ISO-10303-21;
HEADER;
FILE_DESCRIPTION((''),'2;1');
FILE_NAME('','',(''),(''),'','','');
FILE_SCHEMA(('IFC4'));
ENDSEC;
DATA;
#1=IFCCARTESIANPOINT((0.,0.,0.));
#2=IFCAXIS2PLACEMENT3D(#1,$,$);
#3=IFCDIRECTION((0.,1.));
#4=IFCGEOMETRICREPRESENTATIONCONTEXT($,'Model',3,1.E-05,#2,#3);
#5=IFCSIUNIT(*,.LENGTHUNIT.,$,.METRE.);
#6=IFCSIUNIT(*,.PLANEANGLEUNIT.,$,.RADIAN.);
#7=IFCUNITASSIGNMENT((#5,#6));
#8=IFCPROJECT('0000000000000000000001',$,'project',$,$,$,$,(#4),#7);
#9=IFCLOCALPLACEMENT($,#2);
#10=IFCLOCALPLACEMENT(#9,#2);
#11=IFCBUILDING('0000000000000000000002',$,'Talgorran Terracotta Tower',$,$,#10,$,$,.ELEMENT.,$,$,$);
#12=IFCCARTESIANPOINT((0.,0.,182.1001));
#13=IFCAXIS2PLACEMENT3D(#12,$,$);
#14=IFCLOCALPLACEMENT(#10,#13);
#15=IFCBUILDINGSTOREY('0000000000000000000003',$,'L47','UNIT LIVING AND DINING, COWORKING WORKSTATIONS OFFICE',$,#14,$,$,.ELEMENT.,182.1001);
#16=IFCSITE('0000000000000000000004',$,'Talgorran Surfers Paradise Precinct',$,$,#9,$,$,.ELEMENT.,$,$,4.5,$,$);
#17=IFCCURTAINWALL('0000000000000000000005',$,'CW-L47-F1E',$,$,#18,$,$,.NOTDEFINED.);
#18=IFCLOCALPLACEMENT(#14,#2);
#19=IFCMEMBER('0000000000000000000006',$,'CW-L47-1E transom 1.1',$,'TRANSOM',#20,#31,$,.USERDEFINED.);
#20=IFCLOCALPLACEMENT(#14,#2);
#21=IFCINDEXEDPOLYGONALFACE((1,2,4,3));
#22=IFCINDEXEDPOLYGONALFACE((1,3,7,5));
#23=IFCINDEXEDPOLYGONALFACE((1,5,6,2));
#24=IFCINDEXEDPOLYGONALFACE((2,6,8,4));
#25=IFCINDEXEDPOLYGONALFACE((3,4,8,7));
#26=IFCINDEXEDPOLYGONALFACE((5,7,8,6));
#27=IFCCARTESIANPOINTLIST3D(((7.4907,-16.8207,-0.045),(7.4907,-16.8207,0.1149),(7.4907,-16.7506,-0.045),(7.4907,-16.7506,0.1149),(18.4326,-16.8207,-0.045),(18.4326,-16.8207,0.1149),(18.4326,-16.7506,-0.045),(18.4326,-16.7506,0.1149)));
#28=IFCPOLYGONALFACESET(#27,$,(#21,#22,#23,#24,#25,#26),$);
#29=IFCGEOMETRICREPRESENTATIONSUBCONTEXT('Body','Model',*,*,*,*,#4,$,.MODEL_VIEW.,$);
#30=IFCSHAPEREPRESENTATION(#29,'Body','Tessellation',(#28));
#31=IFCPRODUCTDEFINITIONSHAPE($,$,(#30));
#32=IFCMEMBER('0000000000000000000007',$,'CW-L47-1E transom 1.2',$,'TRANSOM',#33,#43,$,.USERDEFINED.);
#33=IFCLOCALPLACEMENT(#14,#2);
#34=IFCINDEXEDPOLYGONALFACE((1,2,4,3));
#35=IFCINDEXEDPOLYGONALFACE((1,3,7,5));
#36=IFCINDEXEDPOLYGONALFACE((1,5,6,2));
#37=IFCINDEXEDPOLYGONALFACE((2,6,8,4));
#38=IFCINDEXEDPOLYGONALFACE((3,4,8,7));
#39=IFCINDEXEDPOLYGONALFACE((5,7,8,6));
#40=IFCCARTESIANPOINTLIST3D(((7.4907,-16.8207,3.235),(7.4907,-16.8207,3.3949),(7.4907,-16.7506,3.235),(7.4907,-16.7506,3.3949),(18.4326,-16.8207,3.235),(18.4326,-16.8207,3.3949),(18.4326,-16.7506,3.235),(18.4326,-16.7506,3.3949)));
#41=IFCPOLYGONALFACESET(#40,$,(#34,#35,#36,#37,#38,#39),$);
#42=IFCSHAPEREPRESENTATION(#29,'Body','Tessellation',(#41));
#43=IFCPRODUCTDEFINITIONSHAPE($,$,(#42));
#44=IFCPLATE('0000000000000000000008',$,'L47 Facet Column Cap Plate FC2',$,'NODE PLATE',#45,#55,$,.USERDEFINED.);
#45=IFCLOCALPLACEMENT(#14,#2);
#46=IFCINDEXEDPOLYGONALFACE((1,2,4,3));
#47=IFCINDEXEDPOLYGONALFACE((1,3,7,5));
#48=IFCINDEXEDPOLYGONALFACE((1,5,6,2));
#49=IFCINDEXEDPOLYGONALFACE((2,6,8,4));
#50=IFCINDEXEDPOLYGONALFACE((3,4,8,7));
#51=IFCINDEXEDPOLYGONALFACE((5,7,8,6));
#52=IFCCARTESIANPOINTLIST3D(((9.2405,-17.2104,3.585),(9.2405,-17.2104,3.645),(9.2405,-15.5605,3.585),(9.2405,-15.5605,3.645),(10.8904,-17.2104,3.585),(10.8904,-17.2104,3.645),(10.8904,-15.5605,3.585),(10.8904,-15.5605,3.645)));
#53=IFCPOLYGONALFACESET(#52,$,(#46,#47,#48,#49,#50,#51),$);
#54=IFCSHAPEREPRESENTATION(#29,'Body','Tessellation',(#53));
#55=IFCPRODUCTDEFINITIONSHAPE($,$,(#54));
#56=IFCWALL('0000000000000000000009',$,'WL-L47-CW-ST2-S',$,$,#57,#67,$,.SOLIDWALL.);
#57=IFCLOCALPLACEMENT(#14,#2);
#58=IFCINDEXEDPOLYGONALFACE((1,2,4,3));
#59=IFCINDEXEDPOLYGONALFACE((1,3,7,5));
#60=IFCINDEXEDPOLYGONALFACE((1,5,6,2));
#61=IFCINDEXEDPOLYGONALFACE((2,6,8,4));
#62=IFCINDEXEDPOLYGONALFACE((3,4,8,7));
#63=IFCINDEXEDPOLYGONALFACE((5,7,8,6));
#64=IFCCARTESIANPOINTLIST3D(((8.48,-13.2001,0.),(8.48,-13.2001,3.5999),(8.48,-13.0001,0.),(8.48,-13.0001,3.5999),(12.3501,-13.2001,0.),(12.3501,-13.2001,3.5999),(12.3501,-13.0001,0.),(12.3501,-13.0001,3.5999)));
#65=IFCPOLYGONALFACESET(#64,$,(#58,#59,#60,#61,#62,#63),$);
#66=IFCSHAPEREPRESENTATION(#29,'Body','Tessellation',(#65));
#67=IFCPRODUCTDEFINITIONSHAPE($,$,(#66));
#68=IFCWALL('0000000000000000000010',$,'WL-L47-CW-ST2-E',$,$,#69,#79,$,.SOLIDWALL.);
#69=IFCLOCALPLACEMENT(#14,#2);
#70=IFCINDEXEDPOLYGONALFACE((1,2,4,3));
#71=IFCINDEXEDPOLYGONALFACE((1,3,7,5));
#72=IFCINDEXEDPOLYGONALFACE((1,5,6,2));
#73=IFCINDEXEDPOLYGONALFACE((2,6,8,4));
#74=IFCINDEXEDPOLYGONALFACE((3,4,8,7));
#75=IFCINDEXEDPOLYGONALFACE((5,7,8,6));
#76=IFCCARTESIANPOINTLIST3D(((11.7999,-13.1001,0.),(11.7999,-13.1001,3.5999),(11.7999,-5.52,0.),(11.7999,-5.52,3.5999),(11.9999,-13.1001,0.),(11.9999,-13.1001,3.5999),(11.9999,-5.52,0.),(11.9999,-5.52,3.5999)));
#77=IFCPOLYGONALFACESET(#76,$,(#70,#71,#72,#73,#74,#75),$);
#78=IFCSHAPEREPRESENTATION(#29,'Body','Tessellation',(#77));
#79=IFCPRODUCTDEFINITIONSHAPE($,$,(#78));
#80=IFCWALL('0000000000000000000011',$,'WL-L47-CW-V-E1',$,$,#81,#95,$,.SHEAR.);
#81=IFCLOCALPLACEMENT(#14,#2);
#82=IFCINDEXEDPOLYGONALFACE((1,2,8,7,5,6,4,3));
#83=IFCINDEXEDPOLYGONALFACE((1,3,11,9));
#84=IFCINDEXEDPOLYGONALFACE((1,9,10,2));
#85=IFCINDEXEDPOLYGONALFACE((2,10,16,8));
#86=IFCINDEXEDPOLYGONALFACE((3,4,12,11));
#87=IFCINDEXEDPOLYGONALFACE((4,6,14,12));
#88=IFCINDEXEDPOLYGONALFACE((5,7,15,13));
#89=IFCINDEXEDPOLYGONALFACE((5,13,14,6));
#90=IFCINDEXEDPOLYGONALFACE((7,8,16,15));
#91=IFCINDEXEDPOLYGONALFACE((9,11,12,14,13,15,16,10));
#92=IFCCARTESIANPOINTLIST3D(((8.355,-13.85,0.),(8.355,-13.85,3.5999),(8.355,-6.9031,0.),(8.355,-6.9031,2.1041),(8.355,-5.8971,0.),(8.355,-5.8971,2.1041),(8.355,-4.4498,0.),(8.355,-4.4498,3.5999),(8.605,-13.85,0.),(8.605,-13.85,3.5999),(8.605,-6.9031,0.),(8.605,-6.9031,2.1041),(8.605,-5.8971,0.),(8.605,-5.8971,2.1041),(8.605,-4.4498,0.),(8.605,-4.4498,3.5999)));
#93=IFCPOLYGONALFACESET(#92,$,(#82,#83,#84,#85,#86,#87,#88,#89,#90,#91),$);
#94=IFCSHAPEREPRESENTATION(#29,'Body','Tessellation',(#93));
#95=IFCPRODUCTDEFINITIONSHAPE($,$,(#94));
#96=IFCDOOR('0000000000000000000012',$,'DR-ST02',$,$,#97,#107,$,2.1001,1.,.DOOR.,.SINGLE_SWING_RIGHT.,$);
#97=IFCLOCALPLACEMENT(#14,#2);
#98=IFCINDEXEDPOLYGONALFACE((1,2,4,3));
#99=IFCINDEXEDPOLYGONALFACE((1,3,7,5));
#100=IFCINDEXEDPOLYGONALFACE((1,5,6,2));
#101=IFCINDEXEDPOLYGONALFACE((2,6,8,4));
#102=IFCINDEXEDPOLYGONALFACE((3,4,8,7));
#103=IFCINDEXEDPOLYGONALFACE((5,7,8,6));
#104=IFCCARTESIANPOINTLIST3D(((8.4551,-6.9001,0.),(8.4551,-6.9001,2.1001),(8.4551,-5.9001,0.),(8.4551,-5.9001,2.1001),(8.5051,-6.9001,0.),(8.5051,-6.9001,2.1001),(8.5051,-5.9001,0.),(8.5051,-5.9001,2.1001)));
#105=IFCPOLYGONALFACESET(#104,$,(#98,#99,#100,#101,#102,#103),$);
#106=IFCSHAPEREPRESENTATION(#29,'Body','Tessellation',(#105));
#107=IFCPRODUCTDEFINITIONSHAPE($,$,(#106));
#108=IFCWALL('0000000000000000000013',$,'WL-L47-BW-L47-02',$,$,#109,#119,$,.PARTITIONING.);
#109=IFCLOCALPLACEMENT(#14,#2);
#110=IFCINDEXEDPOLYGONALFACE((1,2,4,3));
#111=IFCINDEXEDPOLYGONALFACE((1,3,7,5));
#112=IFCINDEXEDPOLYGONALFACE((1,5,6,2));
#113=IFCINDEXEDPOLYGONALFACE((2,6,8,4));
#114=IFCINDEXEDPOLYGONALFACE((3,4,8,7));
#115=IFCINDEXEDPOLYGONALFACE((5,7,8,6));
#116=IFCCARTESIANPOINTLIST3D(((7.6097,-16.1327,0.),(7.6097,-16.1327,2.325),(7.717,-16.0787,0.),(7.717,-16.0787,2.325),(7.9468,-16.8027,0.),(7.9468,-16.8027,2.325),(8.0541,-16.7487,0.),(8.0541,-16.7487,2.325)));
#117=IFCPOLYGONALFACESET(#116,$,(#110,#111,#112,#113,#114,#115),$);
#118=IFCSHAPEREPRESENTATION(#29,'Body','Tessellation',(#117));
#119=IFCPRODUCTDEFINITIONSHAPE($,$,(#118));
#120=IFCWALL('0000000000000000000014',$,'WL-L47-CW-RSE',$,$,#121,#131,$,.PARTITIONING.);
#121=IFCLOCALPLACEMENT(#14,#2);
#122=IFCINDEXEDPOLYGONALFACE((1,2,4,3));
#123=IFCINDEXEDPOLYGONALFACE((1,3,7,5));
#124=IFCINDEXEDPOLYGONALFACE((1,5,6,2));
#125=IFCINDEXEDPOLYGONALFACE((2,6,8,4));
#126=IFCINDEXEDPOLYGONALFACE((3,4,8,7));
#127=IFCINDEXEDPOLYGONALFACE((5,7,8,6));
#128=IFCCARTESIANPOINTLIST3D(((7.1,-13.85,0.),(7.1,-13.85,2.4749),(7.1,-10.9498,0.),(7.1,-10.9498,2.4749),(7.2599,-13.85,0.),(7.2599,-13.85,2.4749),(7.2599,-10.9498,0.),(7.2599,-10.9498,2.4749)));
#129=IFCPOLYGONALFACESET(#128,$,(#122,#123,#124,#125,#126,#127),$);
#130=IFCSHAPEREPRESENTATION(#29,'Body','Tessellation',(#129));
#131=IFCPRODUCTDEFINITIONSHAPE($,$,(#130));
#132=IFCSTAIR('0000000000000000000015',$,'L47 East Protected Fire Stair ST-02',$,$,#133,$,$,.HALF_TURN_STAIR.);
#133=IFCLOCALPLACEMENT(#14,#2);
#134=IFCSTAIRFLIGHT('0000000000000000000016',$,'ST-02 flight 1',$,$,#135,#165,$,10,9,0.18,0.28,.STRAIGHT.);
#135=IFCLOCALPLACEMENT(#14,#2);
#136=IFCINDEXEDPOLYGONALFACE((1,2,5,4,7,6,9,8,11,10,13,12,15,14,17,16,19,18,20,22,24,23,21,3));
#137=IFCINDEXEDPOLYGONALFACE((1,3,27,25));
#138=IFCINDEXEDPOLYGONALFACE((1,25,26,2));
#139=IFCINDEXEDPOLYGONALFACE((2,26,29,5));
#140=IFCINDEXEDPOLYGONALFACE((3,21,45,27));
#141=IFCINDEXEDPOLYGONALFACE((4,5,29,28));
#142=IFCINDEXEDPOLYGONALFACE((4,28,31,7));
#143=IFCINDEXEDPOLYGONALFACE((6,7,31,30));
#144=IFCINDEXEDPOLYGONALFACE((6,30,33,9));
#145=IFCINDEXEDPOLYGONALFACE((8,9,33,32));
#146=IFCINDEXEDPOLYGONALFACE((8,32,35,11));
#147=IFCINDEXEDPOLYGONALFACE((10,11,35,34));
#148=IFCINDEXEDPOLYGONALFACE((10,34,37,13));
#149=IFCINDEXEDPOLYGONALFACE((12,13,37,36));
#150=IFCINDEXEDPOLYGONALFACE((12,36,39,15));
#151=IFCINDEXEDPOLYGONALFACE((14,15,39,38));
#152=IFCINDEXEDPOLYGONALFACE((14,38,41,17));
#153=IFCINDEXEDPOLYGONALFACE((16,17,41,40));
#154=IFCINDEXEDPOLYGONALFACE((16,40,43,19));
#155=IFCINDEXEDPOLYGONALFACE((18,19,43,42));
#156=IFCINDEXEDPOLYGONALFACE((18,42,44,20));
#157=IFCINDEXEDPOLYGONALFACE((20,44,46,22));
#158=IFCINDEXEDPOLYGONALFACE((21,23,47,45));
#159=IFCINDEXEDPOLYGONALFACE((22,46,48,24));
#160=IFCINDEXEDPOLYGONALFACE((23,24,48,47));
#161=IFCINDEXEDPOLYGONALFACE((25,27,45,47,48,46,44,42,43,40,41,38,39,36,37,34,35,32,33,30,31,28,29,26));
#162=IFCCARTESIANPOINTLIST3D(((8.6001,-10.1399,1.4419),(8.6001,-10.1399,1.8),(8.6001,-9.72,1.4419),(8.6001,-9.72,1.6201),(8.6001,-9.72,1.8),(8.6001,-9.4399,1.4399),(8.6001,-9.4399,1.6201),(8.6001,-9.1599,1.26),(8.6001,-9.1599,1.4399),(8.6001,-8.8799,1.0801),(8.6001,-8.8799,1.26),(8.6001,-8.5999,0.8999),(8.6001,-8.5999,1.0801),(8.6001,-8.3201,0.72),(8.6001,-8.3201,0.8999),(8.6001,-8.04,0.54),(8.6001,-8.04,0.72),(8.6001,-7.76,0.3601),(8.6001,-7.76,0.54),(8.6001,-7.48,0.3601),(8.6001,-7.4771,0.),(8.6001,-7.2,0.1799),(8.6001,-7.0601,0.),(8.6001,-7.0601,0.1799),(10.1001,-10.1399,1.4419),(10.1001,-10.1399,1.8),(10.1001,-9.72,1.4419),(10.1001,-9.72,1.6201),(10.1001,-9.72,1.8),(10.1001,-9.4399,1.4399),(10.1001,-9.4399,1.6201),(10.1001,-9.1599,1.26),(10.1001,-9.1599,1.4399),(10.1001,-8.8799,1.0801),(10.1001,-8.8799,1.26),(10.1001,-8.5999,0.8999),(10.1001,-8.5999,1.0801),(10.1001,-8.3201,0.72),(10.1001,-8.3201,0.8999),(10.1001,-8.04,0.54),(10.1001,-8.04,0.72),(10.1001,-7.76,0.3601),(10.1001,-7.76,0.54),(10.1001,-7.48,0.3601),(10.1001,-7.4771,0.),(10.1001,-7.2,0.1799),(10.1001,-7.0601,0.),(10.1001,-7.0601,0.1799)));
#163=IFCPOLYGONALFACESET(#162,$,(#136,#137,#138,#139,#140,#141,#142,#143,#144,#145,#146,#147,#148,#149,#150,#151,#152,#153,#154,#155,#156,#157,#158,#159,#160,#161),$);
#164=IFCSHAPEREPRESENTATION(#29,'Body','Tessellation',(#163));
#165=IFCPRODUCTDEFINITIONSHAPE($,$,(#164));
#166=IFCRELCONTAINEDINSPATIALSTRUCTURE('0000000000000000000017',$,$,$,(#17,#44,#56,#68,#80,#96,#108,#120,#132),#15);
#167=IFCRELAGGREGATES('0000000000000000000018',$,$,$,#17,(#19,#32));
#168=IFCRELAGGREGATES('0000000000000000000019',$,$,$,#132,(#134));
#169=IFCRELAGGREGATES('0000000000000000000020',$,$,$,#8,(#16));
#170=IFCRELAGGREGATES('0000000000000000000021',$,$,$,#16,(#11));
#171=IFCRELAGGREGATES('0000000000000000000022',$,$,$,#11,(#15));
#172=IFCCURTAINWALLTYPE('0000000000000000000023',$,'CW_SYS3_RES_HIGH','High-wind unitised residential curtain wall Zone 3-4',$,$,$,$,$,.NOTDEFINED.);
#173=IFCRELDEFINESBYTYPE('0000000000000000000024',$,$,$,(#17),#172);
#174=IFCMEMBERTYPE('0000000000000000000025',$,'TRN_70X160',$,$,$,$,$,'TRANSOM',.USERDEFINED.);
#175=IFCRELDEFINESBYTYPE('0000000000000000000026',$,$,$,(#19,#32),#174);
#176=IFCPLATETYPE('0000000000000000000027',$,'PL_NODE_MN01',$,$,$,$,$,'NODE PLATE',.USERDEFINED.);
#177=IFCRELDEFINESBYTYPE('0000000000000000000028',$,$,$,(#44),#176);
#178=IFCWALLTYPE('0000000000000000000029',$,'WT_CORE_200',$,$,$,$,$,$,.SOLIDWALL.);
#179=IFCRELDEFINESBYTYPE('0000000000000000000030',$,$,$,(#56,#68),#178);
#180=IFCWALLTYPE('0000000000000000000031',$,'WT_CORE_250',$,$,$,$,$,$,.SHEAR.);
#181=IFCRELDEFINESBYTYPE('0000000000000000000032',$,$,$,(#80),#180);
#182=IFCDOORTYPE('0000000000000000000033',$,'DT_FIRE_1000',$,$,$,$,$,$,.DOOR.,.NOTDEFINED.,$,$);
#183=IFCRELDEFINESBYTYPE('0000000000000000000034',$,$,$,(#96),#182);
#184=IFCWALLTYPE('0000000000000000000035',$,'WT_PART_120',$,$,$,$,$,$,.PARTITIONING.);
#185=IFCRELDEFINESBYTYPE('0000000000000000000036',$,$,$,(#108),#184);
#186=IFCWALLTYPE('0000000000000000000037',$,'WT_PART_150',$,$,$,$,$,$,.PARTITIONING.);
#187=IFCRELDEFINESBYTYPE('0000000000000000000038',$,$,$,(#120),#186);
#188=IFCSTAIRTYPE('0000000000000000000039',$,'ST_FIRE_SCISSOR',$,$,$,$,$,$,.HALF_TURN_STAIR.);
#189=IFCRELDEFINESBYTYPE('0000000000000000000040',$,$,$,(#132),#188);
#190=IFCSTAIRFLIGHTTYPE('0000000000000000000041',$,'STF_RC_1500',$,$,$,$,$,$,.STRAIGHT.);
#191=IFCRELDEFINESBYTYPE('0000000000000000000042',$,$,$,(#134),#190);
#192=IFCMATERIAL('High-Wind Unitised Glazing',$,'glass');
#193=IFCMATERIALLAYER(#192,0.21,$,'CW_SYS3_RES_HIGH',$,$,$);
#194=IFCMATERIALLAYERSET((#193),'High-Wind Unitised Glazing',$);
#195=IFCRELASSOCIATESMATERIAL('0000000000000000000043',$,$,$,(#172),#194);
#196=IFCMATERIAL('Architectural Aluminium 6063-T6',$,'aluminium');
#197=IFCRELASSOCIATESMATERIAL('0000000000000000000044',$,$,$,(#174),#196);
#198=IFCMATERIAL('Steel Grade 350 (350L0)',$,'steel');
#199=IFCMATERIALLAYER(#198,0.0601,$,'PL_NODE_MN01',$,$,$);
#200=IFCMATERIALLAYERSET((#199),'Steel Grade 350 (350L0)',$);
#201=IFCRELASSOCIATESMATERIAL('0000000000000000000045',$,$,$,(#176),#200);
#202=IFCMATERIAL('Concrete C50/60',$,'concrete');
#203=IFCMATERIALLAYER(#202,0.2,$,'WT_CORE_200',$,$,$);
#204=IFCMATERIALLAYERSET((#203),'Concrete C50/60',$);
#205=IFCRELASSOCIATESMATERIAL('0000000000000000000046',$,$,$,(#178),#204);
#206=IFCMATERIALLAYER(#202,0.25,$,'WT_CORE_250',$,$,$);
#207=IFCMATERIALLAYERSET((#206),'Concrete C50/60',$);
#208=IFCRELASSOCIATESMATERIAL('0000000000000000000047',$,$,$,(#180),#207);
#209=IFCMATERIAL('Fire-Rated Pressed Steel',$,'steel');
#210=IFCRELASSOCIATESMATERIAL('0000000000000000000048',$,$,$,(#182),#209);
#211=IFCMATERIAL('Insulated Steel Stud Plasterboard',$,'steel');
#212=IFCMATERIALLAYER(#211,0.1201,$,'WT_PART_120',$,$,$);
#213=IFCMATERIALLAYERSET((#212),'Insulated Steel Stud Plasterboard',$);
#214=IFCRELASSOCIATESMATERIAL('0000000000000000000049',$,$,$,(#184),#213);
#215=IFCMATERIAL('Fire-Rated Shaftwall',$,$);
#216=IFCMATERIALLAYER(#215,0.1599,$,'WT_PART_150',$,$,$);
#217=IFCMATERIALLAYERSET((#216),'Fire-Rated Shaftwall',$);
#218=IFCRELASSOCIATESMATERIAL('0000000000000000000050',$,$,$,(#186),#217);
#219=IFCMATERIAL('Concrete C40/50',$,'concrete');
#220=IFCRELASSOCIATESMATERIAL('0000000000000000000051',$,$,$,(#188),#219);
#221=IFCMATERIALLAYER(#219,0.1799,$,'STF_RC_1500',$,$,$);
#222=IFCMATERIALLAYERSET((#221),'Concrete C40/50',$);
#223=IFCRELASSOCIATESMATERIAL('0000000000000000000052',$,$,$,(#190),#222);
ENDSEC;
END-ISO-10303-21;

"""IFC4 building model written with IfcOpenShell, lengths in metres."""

from ifc_helpers import new_model, si_unit, direction, frame, frame_2d, origin, origin_2d, place, context, subcontext, project, spatial, polyline, rectangle, outline, extrude, material, layer, layer_set, material_profile, profile_set, type_object, element, fill, aggregate, save


model = new_model("IFC4")

# Units and contexts
model_context = context("Model", 3, precision=1e-05, world=origin(), true_north=direction((0.0, 1.0)))
body_context = subcontext(model_context, "Body", "Model", "MODEL_VIEW")
ifc_project = project(units=[si_unit("LENGTHUNIT", "METRE"), si_unit("PLANEANGLEUNIT", "RADIAN")], contexts=[model_context])

# Site, building, storey
site_placement = place(None, origin())
site = spatial("IfcSite", under=ifc_project, at=site_placement, Name="Talgorran Surfers Paradise Precinct", CompositionType="ELEMENT", RefElevation=4.5)
building_placement = place(site_placement, origin())
building = spatial("IfcBuilding", under=site, at=building_placement, Name="Talgorran Terracotta Tower", CompositionType="ELEMENT")
storey_placement = place(building_placement, frame((0.0, 0.0, 182.1001)))
storey = spatial("IfcBuildingStorey", under=building, at=storey_placement, Name="L47", Description="UNIT LIVING AND DINING, COWORKING WORKSTATIONS OFFICE", CompositionType="ELEMENT", Elevation=182.1001)

# Shared definitions
ifc_material_1 = material(Name="Steel Grade 350 (350L0)", Category="steel")

# Shared definitions
ifc_material_2 = material(Name="High-Wind Unitised Glazing", Category="glass")
ifc_layer_1 = layer(ifc_material_2, 0.21, Name="CW_SYS3_RES_HIGH")
ifc_layer_set_1 = layer_set([ifc_layer_1], Name="High-Wind Unitised Glazing")
curtain_wall_type = type_object("IfcCurtainWallType", Name="CW_SYS3_RES_HIGH", Description="High-wind unitised residential curtain wall Zone 3-4", PredefinedType="NOTDEFINED", material=ifc_layer_set_1)
ifc_material_3 = material(Name="Architectural Aluminium 6063-T6", Category="aluminium")

# Curtain wall, members
curtain_wall_1_placement = place(storey_placement, origin())
curtain_wall_1 = element("IfcCurtainWall", 1, at=curtain_wall_1_placement, inside=storey, type_object=curtain_wall_type, Name="CW-L47-F1E", PredefinedType="NOTDEFINED")
ifc_material_profile_1 = material_profile(ifc_material_3, rectangle(XDim=0.0701, YDim=0.1599, at=origin_2d()), Name="CWT70X160")
ifc_profile_set_1 = profile_set([ifc_material_profile_1], Name="Architectural Aluminium 6063-T6")
member_type_1 = type_object("IfcMemberType", Name="TRN_70X160", ElementType="TRANSOM", PredefinedType="USERDEFINED", material=ifc_profile_set_1)
member_1_placement = place(storey_placement, frame((7.4907, -16.7856, 0.0349), z_axis=(1.0, 0.0, 0.0), x_axis=(0.0, 1.0, 0.0)))
member_1 = element("IfcMember", 2, at=member_1_placement, type_object=member_type_1, Name="CW-L47-1E transom 1.1", ObjectType="TRANSOM", PredefinedType="USERDEFINED", context=body_context, shape_type="SweptSolid", body=[
    extrude(rectangle(XDim=0.0701, YDim=0.1599, at=origin_2d()), origin(), (0.0, 0.0, 1.0), 10.9419),
])
member_2_placement = place(storey_placement, frame((7.4907, -16.7856, 3.3149), z_axis=(1.0, 0.0, 0.0), x_axis=(0.0, 1.0, 0.0)))
member_2 = element("IfcMember", 3, at=member_2_placement, type_object=member_type_1, Name="CW-L47-1E transom 1.2", ObjectType="TRANSOM", PredefinedType="USERDEFINED", context=body_context, shape_type="SweptSolid", body=[
    extrude(rectangle(XDim=0.0701, YDim=0.1599, at=origin_2d()), origin(), (0.0, 0.0, 1.0), 10.9419),
])
aggregate(curtain_wall_1, [member_1, member_2])

# Plate
ifc_layer_2 = layer(ifc_material_1, 0.0601, Name="PL_NODE_MN01")
ifc_layer_set_2 = layer_set([ifc_layer_2], Name="Steel Grade 350 (350L0)")
plate_type = type_object("IfcPlateType", Name="PL_NODE_MN01", ElementType="NODE PLATE", PredefinedType="USERDEFINED", material=ifc_layer_set_2)
plate_placement = place(storey_placement, frame((10.0654, -16.3855, 3.585), z_axis=(0.0, 0.0, 1.0), x_axis=(1.0, 0.0, 0.0)))
element("IfcPlate", 4, at=plate_placement, inside=storey, type_object=plate_type, Name="L47 Facet Column Cap Plate FC2", ObjectType="NODE PLATE", PredefinedType="USERDEFINED", context=body_context, shape_type="SweptSolid", body=[
    extrude(rectangle(XDim=1.6499, YDim=1.6499, at=origin_2d()), origin(), (0.0, 0.0, 1.0), 0.0601),
])

# Walls
ifc_material_4 = material(Name="Concrete C50/60", Category="concrete")
ifc_layer_3 = layer(ifc_material_4, 0.2, Name="WT_CORE_200")
ifc_layer_set_3 = layer_set([ifc_layer_3], Name="Concrete C50/60")
wall_type_1 = type_object("IfcWallType", Name="WT_CORE_200", PredefinedType="SOLIDWALL", material=ifc_layer_set_3)
wall_1_placement = place(storey_placement, frame((8.48, -13.1001, 0.0), z_axis=(0.0, 0.0, 1.0), x_axis=(1.0, 0.0, 0.0)))
element("IfcWall", 5, at=wall_1_placement, inside=storey, type_object=wall_type_1, Name="WL-L47-CW-ST2-S", PredefinedType="SOLIDWALL", context=body_context, shape_type="SweptSolid", body=[
    extrude(rectangle(XDim=3.8701, YDim=0.2, at=frame_2d((1.9351, 0.0))), origin(), (0.0, 0.0, 1.0), 3.5999),
])
wall_2_placement = place(storey_placement, frame((11.8999, -13.1001, 0.0), z_axis=(0.0, 0.0, 1.0), x_axis=(0.0, 1.0, 0.0)))
element("IfcWall", 6, at=wall_2_placement, inside=storey, type_object=wall_type_1, Name="WL-L47-CW-ST2-E", PredefinedType="SOLIDWALL", context=body_context, shape_type="SweptSolid", body=[
    extrude(rectangle(XDim=7.5801, YDim=0.2, at=frame_2d((3.79, 0.0))), origin(), (0.0, 0.0, 1.0), 3.5999),
])

# Wall, opening, door
ifc_layer_4 = layer(ifc_material_4, 0.25, Name="WT_CORE_250")
ifc_layer_set_4 = layer_set([ifc_layer_4], Name="Concrete C50/60")
wall_type_2 = type_object("IfcWallType", Name="WT_CORE_250", PredefinedType="SHEAR", material=ifc_layer_set_4)
wall_3_placement = place(storey_placement, frame((8.48, -13.8501, 0.0), z_axis=(0.0, 0.0, 1.0), x_axis=(0.0, 1.0, 0.0)))
wall_3 = element("IfcWall", 7, at=wall_3_placement, inside=storey, type_object=wall_type_2, Name="WL-L47-CW-V-E1", PredefinedType="SHEAR", context=body_context, shape_type="SweptSolid", body=[
    extrude(rectangle(XDim=9.4001, YDim=0.25, at=frame_2d((4.7002, 0.0))), origin(), (0.0, 0.0, 1.0), 3.5999),
])
opening_placement = place(wall_3_placement, frame((6.95, 0.0, 0.0)))
opening = element("IfcOpeningElement", 8, at=opening_placement, cuts=wall_3, PredefinedType="OPENING", context=body_context, shape_type="SweptSolid", body=[
    extrude(rectangle(XDim=1.006, YDim=2.1041, at=frame_2d((0.5, 1.052))), frame((0.0, 0.135, 0.0), z_axis=(0.0, -1.0, 0.0), x_axis=(1.0, 0.0, 0.0)), (0.0, 0.0, 1.0), 0.27),
])
ifc_material_5 = material(Name="Fire-Rated Pressed Steel", Category="steel")
door_type = type_object("IfcDoorType", Name="DT_FIRE_1000", OperationType="NOTDEFINED", PredefinedType="DOOR", material=ifc_material_5)
door_placement = place(opening_placement, origin())
door = element("IfcDoor", 9, at=door_placement, inside=storey, type_object=door_type, Name="DR-ST02", OperationType="SINGLE_SWING_RIGHT", OverallHeight=2.1001, OverallWidth=1.0, PredefinedType="DOOR", context=body_context, shape_type="SweptSolid", body=[
    extrude(rectangle(XDim=1.0, YDim=2.1001, at=frame_2d((0.5, 1.05))), frame((0.0, 0.0249, 0.0), z_axis=(0.0, -1.0, 0.0), x_axis=(1.0, 0.0, 0.0)), (0.0, 0.0, 1.0), 0.05),
])
fill(opening, door)

# Walls
ifc_material_6 = material(Name="Insulated Steel Stud Plasterboard", Category="steel")
ifc_layer_5 = layer(ifc_material_6, 0.1201, Name="WT_PART_120")
ifc_layer_set_5 = layer_set([ifc_layer_5], Name="Insulated Steel Stud Plasterboard")
wall_type_3 = type_object("IfcWallType", Name="WT_PART_120", PredefinedType="PARTITIONING", material=ifc_layer_set_5)
wall_4_placement = place(storey_placement, frame((7.6633, -16.1057, 0.0), z_axis=(0.0, 0.0, 1.0), x_axis=(0.449556, -0.893252, 0.0)))
element("IfcWall", 10, at=wall_4_placement, inside=storey, type_object=wall_type_3, Name="WL-L47-BW-L47-02", PredefinedType="PARTITIONING", context=body_context, shape_type="SweptSolid", body=[
    extrude(rectangle(XDim=0.75, YDim=0.1201, at=frame_2d((0.375, 0.0))), origin(), (0.0, 0.0, 1.0), 2.325),
])
ifc_material_7 = material(Name="Fire-Rated Shaftwall")
ifc_layer_6 = layer(ifc_material_7, 0.1599, Name="WT_PART_150")
ifc_layer_set_6 = layer_set([ifc_layer_6], Name="Fire-Rated Shaftwall")
wall_type_4 = type_object("IfcWallType", Name="WT_PART_150", PredefinedType="PARTITIONING", material=ifc_layer_set_6)
wall_5_placement = place(storey_placement, frame((7.1799, -13.8501, 0.0), z_axis=(0.0, 0.0, 1.0), x_axis=(0.0, 1.0, 0.0)))
element("IfcWall", 11, at=wall_5_placement, inside=storey, type_object=wall_type_4, Name="WL-L47-CW-RSE", PredefinedType="PARTITIONING", context=body_context, shape_type="SweptSolid", body=[
    extrude(rectangle(XDim=2.9001, YDim=0.1599, at=frame_2d((1.4502, 0.0))), origin(), (0.0, 0.0, 1.0), 2.4749),
])

# Stair, stair flight
ifc_material_8 = material(Name="Concrete C40/50", Category="concrete")
stair_type = type_object("IfcStairType", Name="ST_FIRE_SCISSOR", PredefinedType="HALF_TURN_STAIR", material=ifc_material_8)
stair_placement = place(storey_placement, origin())
stair = element("IfcStair", 12, at=stair_placement, inside=storey, type_object=stair_type, Name="L47 East Protected Fire Stair ST-02", PredefinedType="HALF_TURN_STAIR")
ifc_layer_7 = layer(ifc_material_8, 0.1799, Name="STF_RC_1500")
ifc_layer_set_7 = layer_set([ifc_layer_7], Name="Concrete C40/50")
stair_flight_type = type_object("IfcStairFlightType", Name="STF_RC_1500", PredefinedType="STRAIGHT", material=ifc_layer_set_7)
stair_flight_1_placement = place(storey_placement, frame((9.3501, -7.2, 0.0), z_axis=(0.0, 0.0, 1.0), x_axis=(0.0, -1.0, 0.0)))
stair_flight_1 = element("IfcStairFlight", 13, at=stair_flight_1_placement, type_object=stair_flight_type, Name="ST-02 flight 1", NumberOfRisers=10, NumberOfTreads=9, PredefinedType="STRAIGHT", RiserHeight=0.18, TreadLength=0.28, context=body_context, shape_type="SweptSolid", body=[
    extrude(outline(polyline([(-0.1399, 0.0), (-0.1399, 0.1799), (0.0, 0.1799), (0.28, 0.3601), (0.5601, 0.3601), (0.5601, 0.54), (0.8401, 0.54), (0.8401, 0.72), (1.1201, 0.72), (1.1201, 0.8999), (1.3999, 0.8999), (1.3999, 1.0801), (1.6799, 1.0801), (1.6799, 1.26), (1.96, 1.26), (1.96, 1.4399), (2.24, 1.4399), (2.24, 1.6201), (2.52, 1.6201), (2.52, 1.8), (2.9399, 1.8), (2.9399, 1.4419), (2.52, 1.4419), (0.2771, 0.0), (-0.1399, 0.0)])), frame((0.0, 0.75, 0.0), z_axis=(0.0, -1.0, 0.0), x_axis=(1.0, 0.0, 0.0)), (0.0, 0.0, 1.0), 1.5),
])
aggregate(stair, [stair_flight_1])

save(model, "model.ifc")
